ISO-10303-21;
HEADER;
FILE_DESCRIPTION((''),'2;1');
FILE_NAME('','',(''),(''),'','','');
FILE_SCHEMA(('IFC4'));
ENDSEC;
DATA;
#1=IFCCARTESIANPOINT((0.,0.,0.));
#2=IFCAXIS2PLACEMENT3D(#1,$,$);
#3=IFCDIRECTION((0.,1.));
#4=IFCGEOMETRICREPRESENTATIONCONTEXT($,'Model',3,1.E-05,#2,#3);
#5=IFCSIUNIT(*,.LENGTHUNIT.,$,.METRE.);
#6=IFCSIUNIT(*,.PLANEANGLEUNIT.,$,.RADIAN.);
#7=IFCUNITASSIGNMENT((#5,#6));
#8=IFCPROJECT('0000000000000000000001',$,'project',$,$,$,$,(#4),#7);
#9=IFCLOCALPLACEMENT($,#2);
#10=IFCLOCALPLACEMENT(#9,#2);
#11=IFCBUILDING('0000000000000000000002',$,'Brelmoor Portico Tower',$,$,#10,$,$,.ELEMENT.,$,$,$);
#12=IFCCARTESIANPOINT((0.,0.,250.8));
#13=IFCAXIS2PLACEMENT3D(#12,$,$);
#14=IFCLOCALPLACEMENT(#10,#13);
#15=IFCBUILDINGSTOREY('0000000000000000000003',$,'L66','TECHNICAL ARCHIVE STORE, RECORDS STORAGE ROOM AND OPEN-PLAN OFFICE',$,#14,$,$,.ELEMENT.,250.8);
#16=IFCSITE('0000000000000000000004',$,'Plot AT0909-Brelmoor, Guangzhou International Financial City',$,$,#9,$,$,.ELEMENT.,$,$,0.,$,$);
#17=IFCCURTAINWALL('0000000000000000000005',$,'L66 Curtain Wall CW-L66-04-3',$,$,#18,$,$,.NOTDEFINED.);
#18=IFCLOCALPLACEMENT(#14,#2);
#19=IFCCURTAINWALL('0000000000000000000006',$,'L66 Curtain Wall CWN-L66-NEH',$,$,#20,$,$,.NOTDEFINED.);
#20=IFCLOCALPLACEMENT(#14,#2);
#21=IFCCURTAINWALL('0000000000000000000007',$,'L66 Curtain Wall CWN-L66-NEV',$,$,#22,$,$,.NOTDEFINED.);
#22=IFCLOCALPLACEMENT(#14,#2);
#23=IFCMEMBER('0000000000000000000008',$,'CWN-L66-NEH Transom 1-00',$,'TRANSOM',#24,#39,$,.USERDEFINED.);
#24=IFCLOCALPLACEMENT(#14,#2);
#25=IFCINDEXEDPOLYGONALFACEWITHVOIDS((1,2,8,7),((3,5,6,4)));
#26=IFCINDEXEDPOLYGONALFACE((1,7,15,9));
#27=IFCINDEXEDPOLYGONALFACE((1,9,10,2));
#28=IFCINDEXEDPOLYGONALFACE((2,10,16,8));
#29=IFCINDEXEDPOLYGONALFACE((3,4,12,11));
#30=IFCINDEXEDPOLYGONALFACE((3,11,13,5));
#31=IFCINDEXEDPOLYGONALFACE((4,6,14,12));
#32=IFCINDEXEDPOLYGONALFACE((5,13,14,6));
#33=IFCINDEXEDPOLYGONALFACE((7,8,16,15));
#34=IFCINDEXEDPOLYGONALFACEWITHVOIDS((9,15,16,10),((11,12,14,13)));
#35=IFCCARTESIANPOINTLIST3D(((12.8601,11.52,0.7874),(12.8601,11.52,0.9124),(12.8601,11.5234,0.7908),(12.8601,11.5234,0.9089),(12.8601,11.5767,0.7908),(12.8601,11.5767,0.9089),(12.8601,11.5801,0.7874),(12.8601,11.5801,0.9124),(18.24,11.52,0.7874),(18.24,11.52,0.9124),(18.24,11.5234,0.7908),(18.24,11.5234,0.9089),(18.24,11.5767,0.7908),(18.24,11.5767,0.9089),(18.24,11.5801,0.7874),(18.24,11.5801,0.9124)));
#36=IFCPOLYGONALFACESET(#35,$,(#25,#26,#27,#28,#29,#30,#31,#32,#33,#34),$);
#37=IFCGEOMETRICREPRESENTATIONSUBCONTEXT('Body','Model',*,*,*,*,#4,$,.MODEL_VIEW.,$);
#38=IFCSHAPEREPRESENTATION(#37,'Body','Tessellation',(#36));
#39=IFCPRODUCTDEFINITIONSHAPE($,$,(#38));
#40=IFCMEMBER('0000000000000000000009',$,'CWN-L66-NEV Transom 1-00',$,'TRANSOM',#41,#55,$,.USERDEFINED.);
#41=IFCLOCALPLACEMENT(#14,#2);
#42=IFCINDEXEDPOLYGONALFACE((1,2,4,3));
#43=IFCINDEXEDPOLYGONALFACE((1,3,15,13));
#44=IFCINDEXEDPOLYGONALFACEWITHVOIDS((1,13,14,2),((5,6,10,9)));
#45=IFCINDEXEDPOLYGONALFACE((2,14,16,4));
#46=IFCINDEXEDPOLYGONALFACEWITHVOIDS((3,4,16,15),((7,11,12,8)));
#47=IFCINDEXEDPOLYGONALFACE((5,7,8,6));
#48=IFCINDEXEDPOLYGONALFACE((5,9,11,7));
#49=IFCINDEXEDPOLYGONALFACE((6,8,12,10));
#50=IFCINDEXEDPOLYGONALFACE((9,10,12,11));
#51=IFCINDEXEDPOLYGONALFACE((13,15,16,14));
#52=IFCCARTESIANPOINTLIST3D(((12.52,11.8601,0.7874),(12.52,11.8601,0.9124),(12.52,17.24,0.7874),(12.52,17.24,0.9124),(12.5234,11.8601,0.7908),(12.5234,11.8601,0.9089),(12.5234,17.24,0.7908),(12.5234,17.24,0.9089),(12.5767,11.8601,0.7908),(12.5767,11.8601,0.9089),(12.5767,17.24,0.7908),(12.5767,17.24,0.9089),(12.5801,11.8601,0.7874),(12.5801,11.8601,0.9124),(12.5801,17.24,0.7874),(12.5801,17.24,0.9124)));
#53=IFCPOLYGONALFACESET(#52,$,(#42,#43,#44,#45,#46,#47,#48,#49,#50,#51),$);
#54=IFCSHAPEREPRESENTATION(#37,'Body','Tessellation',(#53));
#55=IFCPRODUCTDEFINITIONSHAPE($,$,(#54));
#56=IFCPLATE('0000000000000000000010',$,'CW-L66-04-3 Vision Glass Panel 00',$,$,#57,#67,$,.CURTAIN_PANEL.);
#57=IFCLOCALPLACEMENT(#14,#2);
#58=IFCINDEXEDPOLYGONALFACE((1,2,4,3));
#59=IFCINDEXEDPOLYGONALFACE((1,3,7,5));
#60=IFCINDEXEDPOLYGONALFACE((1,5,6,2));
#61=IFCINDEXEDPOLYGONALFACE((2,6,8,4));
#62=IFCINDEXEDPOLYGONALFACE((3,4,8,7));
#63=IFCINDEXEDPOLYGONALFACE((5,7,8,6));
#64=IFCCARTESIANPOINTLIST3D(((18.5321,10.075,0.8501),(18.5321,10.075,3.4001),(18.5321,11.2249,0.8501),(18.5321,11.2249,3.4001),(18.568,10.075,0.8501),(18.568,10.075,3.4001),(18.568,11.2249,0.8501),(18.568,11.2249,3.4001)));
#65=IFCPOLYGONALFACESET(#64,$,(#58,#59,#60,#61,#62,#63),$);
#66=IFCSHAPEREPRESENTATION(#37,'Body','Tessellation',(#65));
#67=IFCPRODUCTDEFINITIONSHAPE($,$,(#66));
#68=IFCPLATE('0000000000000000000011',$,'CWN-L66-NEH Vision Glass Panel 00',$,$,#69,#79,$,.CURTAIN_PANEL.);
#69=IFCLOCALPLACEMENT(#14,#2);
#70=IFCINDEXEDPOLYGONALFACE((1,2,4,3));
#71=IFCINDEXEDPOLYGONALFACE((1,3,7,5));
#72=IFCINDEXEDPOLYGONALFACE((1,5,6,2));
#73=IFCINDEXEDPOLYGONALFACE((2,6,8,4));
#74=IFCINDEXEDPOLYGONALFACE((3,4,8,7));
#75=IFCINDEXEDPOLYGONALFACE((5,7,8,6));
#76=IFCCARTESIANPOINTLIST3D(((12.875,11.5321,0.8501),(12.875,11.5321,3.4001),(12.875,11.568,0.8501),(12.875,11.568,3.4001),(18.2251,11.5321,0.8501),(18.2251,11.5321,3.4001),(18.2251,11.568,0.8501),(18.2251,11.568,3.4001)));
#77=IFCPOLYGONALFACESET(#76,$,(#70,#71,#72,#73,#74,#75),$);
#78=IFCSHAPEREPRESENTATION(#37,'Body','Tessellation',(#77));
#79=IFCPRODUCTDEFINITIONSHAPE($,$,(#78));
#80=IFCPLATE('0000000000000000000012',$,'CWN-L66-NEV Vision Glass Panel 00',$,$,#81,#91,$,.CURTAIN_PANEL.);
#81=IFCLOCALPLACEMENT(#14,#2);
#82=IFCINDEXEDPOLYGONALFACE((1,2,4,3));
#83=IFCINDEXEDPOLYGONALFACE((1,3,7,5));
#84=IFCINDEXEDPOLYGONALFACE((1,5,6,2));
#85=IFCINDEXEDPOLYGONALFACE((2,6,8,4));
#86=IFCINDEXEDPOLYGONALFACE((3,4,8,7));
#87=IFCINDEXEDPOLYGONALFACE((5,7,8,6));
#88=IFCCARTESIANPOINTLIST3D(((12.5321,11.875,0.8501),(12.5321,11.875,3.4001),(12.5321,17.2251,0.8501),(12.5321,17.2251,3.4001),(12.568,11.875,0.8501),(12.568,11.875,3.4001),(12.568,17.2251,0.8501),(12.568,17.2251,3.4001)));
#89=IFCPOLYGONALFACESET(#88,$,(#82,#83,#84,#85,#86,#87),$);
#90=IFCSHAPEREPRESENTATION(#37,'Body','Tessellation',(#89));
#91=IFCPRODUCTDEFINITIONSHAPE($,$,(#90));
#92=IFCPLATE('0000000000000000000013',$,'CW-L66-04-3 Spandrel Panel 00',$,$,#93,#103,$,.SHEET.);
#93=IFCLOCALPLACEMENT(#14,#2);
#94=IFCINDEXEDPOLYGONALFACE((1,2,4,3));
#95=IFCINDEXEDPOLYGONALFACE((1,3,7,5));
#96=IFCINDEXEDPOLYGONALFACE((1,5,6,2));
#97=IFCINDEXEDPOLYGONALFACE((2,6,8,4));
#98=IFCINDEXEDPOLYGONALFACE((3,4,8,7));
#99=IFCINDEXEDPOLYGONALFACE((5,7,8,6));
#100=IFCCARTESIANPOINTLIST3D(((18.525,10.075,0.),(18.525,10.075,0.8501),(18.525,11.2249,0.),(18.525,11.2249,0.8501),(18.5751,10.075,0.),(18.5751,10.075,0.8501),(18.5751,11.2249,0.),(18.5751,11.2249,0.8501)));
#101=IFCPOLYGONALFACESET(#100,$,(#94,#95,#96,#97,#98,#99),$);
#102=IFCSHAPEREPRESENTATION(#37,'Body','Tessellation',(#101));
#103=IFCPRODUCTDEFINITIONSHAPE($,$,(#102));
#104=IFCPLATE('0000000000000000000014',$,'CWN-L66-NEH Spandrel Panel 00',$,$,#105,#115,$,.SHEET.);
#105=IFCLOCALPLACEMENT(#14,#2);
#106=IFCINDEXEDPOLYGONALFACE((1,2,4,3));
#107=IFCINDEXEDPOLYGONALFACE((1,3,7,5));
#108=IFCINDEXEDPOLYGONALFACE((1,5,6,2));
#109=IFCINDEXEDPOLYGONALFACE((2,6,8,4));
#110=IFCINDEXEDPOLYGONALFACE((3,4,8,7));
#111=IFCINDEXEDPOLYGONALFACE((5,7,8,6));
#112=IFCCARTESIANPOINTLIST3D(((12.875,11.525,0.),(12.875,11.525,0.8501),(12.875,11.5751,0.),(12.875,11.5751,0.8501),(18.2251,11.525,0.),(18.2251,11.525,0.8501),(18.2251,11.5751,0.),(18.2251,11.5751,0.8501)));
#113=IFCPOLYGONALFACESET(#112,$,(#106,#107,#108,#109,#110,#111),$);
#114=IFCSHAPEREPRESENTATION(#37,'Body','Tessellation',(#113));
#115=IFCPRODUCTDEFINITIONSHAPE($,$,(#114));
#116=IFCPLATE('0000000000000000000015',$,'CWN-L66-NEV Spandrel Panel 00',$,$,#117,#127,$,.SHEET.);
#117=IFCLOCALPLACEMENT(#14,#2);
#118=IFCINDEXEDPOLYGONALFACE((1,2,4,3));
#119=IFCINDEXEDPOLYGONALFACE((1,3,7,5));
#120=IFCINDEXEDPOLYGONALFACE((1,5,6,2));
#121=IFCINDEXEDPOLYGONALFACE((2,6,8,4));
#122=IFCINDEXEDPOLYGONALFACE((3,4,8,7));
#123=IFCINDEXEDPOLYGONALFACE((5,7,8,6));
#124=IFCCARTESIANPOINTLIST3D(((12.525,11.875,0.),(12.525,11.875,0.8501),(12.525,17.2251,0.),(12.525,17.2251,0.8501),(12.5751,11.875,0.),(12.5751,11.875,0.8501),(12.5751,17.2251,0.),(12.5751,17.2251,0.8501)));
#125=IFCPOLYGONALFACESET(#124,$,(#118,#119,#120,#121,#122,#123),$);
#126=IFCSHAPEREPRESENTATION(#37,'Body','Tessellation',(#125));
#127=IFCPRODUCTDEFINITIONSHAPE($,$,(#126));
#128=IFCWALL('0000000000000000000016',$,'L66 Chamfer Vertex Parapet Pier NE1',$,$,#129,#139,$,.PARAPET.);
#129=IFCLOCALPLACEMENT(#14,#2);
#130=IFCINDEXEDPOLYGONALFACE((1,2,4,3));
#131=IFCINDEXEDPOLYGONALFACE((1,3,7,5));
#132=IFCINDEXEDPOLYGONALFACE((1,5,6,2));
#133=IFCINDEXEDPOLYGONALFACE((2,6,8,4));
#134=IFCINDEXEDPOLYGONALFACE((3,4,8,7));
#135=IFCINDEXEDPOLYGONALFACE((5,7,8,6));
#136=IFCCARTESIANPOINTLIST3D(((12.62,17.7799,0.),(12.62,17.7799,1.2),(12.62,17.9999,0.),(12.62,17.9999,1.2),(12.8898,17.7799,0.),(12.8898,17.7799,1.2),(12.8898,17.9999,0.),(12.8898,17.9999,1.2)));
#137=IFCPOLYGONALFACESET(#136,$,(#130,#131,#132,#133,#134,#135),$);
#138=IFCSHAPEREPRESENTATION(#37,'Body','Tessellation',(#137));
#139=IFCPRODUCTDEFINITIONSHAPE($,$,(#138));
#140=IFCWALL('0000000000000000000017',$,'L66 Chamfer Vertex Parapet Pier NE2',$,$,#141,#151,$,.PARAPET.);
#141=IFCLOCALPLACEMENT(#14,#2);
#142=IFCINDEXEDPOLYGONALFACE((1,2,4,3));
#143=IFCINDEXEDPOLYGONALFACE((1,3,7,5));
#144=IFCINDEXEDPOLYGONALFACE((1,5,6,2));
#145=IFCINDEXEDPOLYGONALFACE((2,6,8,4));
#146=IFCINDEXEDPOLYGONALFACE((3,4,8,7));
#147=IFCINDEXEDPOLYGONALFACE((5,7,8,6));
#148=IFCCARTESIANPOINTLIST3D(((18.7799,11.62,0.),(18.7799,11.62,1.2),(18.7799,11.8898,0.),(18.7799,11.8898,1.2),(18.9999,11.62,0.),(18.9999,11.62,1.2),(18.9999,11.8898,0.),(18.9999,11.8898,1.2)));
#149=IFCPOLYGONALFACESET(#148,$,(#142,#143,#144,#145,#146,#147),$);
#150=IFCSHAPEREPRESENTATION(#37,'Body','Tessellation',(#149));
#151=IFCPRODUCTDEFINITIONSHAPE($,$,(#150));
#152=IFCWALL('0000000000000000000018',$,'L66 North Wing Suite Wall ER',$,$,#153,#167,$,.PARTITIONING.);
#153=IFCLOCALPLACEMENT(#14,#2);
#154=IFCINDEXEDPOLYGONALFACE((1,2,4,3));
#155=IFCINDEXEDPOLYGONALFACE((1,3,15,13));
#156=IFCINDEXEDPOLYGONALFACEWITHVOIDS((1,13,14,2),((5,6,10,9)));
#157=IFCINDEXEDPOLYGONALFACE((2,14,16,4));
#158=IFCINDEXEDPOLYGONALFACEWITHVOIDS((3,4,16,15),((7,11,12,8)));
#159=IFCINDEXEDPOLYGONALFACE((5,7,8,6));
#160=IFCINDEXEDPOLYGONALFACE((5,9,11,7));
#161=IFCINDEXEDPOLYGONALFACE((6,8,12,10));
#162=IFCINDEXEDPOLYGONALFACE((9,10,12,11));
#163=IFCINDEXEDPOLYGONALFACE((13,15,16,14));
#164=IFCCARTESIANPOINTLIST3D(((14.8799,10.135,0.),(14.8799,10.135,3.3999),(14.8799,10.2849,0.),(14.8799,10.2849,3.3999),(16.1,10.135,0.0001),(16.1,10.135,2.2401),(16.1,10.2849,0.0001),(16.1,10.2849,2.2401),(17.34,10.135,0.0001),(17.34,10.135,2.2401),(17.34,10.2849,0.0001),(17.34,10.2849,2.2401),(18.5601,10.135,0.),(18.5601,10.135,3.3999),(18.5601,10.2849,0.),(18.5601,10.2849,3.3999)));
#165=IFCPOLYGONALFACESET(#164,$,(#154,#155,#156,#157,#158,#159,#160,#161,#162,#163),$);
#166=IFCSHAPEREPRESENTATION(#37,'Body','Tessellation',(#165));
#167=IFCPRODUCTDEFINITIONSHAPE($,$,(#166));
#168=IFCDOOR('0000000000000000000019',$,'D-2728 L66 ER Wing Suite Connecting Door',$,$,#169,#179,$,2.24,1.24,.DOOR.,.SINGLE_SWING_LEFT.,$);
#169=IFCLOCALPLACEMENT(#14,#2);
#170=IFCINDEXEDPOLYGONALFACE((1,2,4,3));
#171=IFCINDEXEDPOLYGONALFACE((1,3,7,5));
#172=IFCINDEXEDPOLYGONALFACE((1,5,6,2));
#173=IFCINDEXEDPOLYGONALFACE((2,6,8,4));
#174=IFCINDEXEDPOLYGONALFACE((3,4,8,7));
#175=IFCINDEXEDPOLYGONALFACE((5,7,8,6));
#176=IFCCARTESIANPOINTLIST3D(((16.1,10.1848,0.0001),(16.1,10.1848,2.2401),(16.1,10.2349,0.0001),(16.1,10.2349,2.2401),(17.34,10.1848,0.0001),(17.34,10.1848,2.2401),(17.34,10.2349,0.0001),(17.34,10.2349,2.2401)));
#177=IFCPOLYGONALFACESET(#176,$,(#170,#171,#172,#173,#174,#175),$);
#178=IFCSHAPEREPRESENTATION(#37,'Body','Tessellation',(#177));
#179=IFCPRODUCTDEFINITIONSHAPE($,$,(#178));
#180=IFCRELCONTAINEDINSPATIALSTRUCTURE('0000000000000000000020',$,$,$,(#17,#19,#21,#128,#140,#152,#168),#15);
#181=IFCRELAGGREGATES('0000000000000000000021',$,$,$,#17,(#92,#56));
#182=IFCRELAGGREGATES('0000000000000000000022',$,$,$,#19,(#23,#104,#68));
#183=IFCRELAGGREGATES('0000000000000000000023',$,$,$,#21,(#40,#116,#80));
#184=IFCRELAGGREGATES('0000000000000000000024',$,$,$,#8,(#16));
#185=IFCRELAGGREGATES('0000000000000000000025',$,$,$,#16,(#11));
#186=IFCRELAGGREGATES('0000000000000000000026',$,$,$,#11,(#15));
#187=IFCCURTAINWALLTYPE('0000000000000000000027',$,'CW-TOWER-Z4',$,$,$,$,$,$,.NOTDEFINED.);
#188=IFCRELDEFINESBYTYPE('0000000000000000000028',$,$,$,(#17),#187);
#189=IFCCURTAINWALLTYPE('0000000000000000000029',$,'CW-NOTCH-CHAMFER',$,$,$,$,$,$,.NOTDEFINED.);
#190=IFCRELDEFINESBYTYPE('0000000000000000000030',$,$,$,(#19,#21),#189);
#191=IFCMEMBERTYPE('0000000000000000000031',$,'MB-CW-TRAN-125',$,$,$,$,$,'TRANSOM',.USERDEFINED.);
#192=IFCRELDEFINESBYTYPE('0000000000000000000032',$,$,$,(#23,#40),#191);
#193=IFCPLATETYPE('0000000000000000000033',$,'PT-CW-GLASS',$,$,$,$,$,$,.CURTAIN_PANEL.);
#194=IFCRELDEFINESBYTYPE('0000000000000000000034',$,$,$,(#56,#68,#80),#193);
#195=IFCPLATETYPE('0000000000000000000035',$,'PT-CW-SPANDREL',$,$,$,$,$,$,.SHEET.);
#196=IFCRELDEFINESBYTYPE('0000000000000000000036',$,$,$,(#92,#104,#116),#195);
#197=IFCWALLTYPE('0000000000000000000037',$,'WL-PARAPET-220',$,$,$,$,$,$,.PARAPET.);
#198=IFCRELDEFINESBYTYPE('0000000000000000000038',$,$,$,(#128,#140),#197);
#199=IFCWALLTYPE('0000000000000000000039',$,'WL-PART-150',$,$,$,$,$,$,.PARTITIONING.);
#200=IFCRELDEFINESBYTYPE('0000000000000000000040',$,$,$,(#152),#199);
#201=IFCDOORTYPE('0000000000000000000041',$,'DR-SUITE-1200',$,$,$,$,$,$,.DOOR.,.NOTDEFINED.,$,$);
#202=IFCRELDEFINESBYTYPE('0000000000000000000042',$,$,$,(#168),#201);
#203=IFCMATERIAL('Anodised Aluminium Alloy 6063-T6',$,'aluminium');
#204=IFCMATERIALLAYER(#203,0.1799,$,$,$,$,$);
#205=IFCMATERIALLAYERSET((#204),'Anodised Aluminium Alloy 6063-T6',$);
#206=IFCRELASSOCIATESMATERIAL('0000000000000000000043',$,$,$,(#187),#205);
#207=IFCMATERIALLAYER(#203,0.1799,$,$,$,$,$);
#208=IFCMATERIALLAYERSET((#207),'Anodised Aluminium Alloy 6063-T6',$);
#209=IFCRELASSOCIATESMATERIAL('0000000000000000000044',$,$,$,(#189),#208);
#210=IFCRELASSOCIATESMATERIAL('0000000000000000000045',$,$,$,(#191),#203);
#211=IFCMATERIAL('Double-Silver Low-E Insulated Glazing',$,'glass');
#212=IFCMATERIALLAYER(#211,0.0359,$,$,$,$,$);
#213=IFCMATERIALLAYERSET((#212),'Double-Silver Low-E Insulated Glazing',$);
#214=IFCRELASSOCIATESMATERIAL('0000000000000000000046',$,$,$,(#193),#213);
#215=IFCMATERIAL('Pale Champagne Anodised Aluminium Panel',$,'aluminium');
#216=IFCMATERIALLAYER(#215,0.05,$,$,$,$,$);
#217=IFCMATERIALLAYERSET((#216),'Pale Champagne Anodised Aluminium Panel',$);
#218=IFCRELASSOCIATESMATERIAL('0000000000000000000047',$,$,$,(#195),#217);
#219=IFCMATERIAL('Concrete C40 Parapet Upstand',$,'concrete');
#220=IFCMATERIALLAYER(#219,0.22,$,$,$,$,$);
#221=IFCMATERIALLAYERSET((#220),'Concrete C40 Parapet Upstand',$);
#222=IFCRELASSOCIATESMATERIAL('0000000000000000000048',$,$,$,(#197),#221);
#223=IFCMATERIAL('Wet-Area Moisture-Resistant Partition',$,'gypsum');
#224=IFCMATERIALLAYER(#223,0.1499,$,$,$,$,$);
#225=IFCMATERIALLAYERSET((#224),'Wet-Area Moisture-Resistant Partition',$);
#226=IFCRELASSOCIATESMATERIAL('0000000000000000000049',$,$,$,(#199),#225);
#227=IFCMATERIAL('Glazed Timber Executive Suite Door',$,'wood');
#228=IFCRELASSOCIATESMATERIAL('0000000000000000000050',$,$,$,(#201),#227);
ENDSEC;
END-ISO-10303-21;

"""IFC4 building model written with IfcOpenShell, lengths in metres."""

from ifc_helpers import new_model, si_unit, direction, frame, frame_2d, origin, origin_2d, place, context, subcontext, project, spatial, rectangle, hollow_rectangle, extrude, material, layer, layer_set, material_profile, profile_set, type_object, element, fill, aggregate, save


model = new_model("IFC4")

# Units and contexts
model_context = context("Model", 3, precision=1e-05, world=origin(), true_north=direction((0.0, 1.0)))
body_context = subcontext(model_context, "Body", "Model", "MODEL_VIEW")
ifc_project = project(units=[si_unit("LENGTHUNIT", "METRE"), si_unit("PLANEANGLEUNIT", "RADIAN")], contexts=[model_context])

# Site, building, storey
site_placement = place(None, origin())
site = spatial("IfcSite", under=ifc_project, at=site_placement, Name="Plot AT0909-Brelmoor, Guangzhou International Financial City", CompositionType="ELEMENT", RefElevation=0.0)
building_placement = place(site_placement, origin())
building = spatial("IfcBuilding", under=site, at=building_placement, Name="Brelmoor Portico Tower", CompositionType="ELEMENT")
storey_placement = place(building_placement, frame((0.0, 0.0, 250.8)))
storey = spatial("IfcBuildingStorey", under=building, at=storey_placement, Name="L66", Description="TECHNICAL ARCHIVE STORE, RECORDS STORAGE ROOM AND OPEN-PLAN OFFICE", CompositionType="ELEMENT", Elevation=250.8)

# Curtain wall
ifc_material_1 = material(Name="Anodised Aluminium Alloy 6063-T6", Category="aluminium")
ifc_layer_1 = layer(ifc_material_1, 0.1799)
ifc_layer_set_1 = layer_set([ifc_layer_1], Name="Anodised Aluminium Alloy 6063-T6")
curtain_wall_type_1 = type_object("IfcCurtainWallType", Name="CW-TOWER-Z4", PredefinedType="NOTDEFINED", material=ifc_layer_set_1)
curtain_wall_1_placement = place(storey_placement, origin())
curtain_wall_1 = element("IfcCurtainWall", 1, at=curtain_wall_1_placement, inside=storey, type_object=curtain_wall_type_1, Name="L66 Curtain Wall CW-L66-04-3", PredefinedType="NOTDEFINED")

# Curtain walls
ifc_layer_2 = layer(ifc_material_1, 0.1799)
ifc_layer_set_2 = layer_set([ifc_layer_2], Name="Anodised Aluminium Alloy 6063-T6")
curtain_wall_type_2 = type_object("IfcCurtainWallType", Name="CW-NOTCH-CHAMFER", PredefinedType="NOTDEFINED", material=ifc_layer_set_2)
curtain_wall_2_placement = place(storey_placement, origin())
curtain_wall_2 = element("IfcCurtainWall", 2, at=curtain_wall_2_placement, inside=storey, type_object=curtain_wall_type_2, Name="L66 Curtain Wall CWN-L66-NEH", PredefinedType="NOTDEFINED")
curtain_wall_3_placement = place(storey_placement, origin())
curtain_wall_3 = element("IfcCurtainWall", 3, at=curtain_wall_3_placement, inside=storey, type_object=curtain_wall_type_2, Name="L66 Curtain Wall CWN-L66-NEV", PredefinedType="NOTDEFINED")

# Members
ifc_material_profile_1 = material_profile(ifc_material_1, hollow_rectangle(XDim=0.0601, YDim=0.125, WallThickness=0.0034, at=origin_2d()), Name="ALU TRANSOM 60x125")
ifc_profile_set_1 = profile_set([ifc_material_profile_1], Name="Anodised Aluminium Alloy 6063-T6")
member_type_1 = type_object("IfcMemberType", Name="MB-CW-TRAN-125", ElementType="TRANSOM", PredefinedType="USERDEFINED", material=ifc_profile_set_1)
member_1_placement = place(storey_placement, frame((12.8601, 11.55, 0.8499), z_axis=(1.0, 0.0, 0.0), x_axis=(0.0, 1.0, 0.0)))
member_1 = element("IfcMember", 4, at=member_1_placement, type_object=member_type_1, Name="CWN-L66-NEH Transom 1-00", ObjectType="TRANSOM", PredefinedType="USERDEFINED", context=body_context, shape_type="SweptSolid", body=[
    extrude(hollow_rectangle(XDim=0.0601, YDim=0.125, WallThickness=0.0034, at=origin_2d()), origin(), (0.0, 0.0, 1.0), 5.3799),
])
member_2_placement = place(storey_placement, frame((12.55, 11.8601, 0.8499), z_axis=(0.0, 1.0, 0.0), x_axis=(-1.0, 0.0, 0.0)))
member_2 = element("IfcMember", 5, at=member_2_placement, type_object=member_type_1, Name="CWN-L66-NEV Transom 1-00", ObjectType="TRANSOM", PredefinedType="USERDEFINED", context=body_context, shape_type="SweptSolid", body=[
    extrude(hollow_rectangle(XDim=0.0601, YDim=0.125, WallThickness=0.0034, at=origin_2d()), origin(), (0.0, 0.0, 1.0), 5.3799),
])

# Plates
ifc_material_2 = material(Name="Double-Silver Low-E Insulated Glazing", Category="glass")
ifc_layer_3 = layer(ifc_material_2, 0.0359)
ifc_layer_set_3 = layer_set([ifc_layer_3], Name="Double-Silver Low-E Insulated Glazing")
plate_type_1 = type_object("IfcPlateType", Name="PT-CW-GLASS", PredefinedType="CURTAIN_PANEL", material=ifc_layer_set_3)
plate_1_placement = place(storey_placement, frame((18.55, 10.6499, 0.8501), z_axis=(0.0, 0.0, 1.0), x_axis=(0.0, 1.0, 0.0)))
plate_1 = element("IfcPlate", 6, at=plate_1_placement, type_object=plate_type_1, Name="CW-L66-04-3 Vision Glass Panel 00", PredefinedType="CURTAIN_PANEL", context=body_context, shape_type="SweptSolid", body=[
    extrude(rectangle(XDim=1.1499, YDim=0.0359, at=origin_2d()), origin(), (0.0, 0.0, 1.0), 2.55),
])
plate_2_placement = place(storey_placement, frame((15.55, 11.55, 0.8501), z_axis=(0.0, 0.0, 1.0), x_axis=(1.0, 0.0, 0.0)))
plate_2 = element("IfcPlate", 7, at=plate_2_placement, type_object=plate_type_1, Name="CWN-L66-NEH Vision Glass Panel 00", PredefinedType="CURTAIN_PANEL", context=body_context, shape_type="SweptSolid", body=[
    extrude(rectangle(XDim=5.3501, YDim=0.0359, at=origin_2d()), origin(), (0.0, 0.0, 1.0), 2.55),
])
plate_3_placement = place(storey_placement, frame((12.55, 14.55, 0.8501), z_axis=(0.0, 0.0, 1.0), x_axis=(0.0, 1.0, 0.0)))
plate_3 = element("IfcPlate", 8, at=plate_3_placement, type_object=plate_type_1, Name="CWN-L66-NEV Vision Glass Panel 00", PredefinedType="CURTAIN_PANEL", context=body_context, shape_type="SweptSolid", body=[
    extrude(rectangle(XDim=5.3501, YDim=0.0359, at=origin_2d()), origin(), (0.0, 0.0, 1.0), 2.55),
])
ifc_material_3 = material(Name="Pale Champagne Anodised Aluminium Panel", Category="aluminium")
ifc_layer_4 = layer(ifc_material_3, 0.05)
ifc_layer_set_4 = layer_set([ifc_layer_4], Name="Pale Champagne Anodised Aluminium Panel")
plate_type_2 = type_object("IfcPlateType", Name="PT-CW-SPANDREL", PredefinedType="SHEET", material=ifc_layer_set_4)
plate_4_placement = place(storey_placement, frame((18.55, 10.6499, 0.0), z_axis=(0.0, 0.0, 1.0), x_axis=(0.0, 1.0, 0.0)))
plate_4 = element("IfcPlate", 9, at=plate_4_placement, type_object=plate_type_2, Name="CW-L66-04-3 Spandrel Panel 00", PredefinedType="SHEET", context=body_context, shape_type="SweptSolid", body=[
    extrude(rectangle(XDim=1.1499, YDim=0.05, at=origin_2d()), origin(), (0.0, 0.0, 1.0), 0.8501),
])
aggregate(curtain_wall_1, [plate_4, plate_1])
plate_5_placement = place(storey_placement, frame((15.55, 11.55, 0.0), z_axis=(0.0, 0.0, 1.0), x_axis=(1.0, 0.0, 0.0)))
plate_5 = element("IfcPlate", 10, at=plate_5_placement, type_object=plate_type_2, Name="CWN-L66-NEH Spandrel Panel 00", PredefinedType="SHEET", context=body_context, shape_type="SweptSolid", body=[
    extrude(rectangle(XDim=5.3501, YDim=0.05, at=origin_2d()), origin(), (0.0, 0.0, 1.0), 0.8501),
])
aggregate(curtain_wall_2, [member_1, plate_5, plate_2])
plate_6_placement = place(storey_placement, frame((12.55, 14.55, 0.0), z_axis=(0.0, 0.0, 1.0), x_axis=(0.0, 1.0, 0.0)))
plate_6 = element("IfcPlate", 11, at=plate_6_placement, type_object=plate_type_2, Name="CWN-L66-NEV Spandrel Panel 00", PredefinedType="SHEET", context=body_context, shape_type="SweptSolid", body=[
    extrude(rectangle(XDim=5.3501, YDim=0.05, at=origin_2d()), origin(), (0.0, 0.0, 1.0), 0.8501),
])
aggregate(curtain_wall_3, [member_2, plate_6, plate_3])

# Walls
ifc_material_4 = material(Name="Concrete C40 Parapet Upstand", Category="concrete")
ifc_layer_5 = layer(ifc_material_4, 0.22)
ifc_layer_set_5 = layer_set([ifc_layer_5], Name="Concrete C40 Parapet Upstand")
wall_type_1 = type_object("IfcWallType", Name="WL-PARAPET-220", PredefinedType="PARAPET", material=ifc_layer_set_5)
for number, where, z_axis, x_axis, name in (
    (12, (12.6201, 17.8899, 0.0), (0.0, 0.0, 1.0), (1.0, 0.0, 0.0), "L66 Chamfer Vertex Parapet Pier NE1"),
    (13, (18.8899, 11.6201, 0.0), (0.0, 0.0, 1.0), (0.0, 1.0, 0.0), "L66 Chamfer Vertex Parapet Pier NE2"),
):
    element("IfcWall", number, at=place(storey_placement, frame(where, z_axis=z_axis, x_axis=x_axis)), inside=storey, type_object=wall_type_1, Name=name, PredefinedType="PARAPET", context=body_context, shape_type="SweptSolid", body=[
        extrude(rectangle(XDim=0.2698, YDim=0.22, at=frame_2d((0.1348, 0.0))), origin(), (0.0, 0.0, 1.0), 1.2),
    ])

# Wall, opening, door
ifc_material_5 = material(Name="Wet-Area Moisture-Resistant Partition", Category="gypsum")
ifc_layer_6 = layer(ifc_material_5, 0.1499)
ifc_layer_set_6 = layer_set([ifc_layer_6], Name="Wet-Area Moisture-Resistant Partition")
wall_type_2 = type_object("IfcWallType", Name="WL-PART-150", PredefinedType="PARTITIONING", material=ifc_layer_set_6)
wall_placement = place(storey_placement, frame((14.8799, 10.21, 0.0), z_axis=(0.0, 0.0, 1.0), x_axis=(1.0, 0.0, 0.0)))
wall = element("IfcWall", 14, at=wall_placement, inside=storey, type_object=wall_type_2, Name="L66 North Wing Suite Wall ER", PredefinedType="PARTITIONING", context=body_context, shape_type="SweptSolid", body=[
    extrude(rectangle(XDim=3.6802, YDim=0.1499, at=frame_2d((1.8401, 0.0))), origin(), (0.0, 0.0, 1.0), 3.3999),
])
opening_placement = place(wall_placement, frame((1.22, 0.0, 0.0)))
opening = element("IfcOpeningElement", 15, at=opening_placement, cuts=wall, PredefinedType="OPENING", context=body_context, shape_type="SweptSolid", body=[
    extrude(rectangle(XDim=1.24, YDim=2.24, at=frame_2d((0.6201, 1.1201))), frame((0.0, 0.085, 0.0), z_axis=(0.0, -1.0, 0.0), x_axis=(1.0, 0.0, 0.0)), (0.0, 0.0, 1.0), 0.1699),
])
ifc_material_6 = material(Name="Glazed Timber Executive Suite Door", Category="wood")
door_type = type_object("IfcDoorType", Name="DR-SUITE-1200", OperationType="NOTDEFINED", PredefinedType="DOOR", material=ifc_material_6)
door_placement = place(opening_placement, origin())
door = element("IfcDoor", 16, at=door_placement, inside=storey, type_object=door_type, Name="D-2728 L66 ER Wing Suite Connecting Door", OperationType="SINGLE_SWING_LEFT", OverallHeight=2.24, OverallWidth=1.24, PredefinedType="DOOR", context=body_context, shape_type="SweptSolid", body=[
    extrude(rectangle(XDim=1.24, YDim=2.24, at=frame_2d((0.6201, 1.1201))), frame((0.0, 0.0249, 0.0), z_axis=(0.0, -1.0, 0.0), x_axis=(1.0, 0.0, 0.0)), (0.0, 0.0, 1.0), 0.05),
])
fill(opening, door)

save(model, "model.ifc")
